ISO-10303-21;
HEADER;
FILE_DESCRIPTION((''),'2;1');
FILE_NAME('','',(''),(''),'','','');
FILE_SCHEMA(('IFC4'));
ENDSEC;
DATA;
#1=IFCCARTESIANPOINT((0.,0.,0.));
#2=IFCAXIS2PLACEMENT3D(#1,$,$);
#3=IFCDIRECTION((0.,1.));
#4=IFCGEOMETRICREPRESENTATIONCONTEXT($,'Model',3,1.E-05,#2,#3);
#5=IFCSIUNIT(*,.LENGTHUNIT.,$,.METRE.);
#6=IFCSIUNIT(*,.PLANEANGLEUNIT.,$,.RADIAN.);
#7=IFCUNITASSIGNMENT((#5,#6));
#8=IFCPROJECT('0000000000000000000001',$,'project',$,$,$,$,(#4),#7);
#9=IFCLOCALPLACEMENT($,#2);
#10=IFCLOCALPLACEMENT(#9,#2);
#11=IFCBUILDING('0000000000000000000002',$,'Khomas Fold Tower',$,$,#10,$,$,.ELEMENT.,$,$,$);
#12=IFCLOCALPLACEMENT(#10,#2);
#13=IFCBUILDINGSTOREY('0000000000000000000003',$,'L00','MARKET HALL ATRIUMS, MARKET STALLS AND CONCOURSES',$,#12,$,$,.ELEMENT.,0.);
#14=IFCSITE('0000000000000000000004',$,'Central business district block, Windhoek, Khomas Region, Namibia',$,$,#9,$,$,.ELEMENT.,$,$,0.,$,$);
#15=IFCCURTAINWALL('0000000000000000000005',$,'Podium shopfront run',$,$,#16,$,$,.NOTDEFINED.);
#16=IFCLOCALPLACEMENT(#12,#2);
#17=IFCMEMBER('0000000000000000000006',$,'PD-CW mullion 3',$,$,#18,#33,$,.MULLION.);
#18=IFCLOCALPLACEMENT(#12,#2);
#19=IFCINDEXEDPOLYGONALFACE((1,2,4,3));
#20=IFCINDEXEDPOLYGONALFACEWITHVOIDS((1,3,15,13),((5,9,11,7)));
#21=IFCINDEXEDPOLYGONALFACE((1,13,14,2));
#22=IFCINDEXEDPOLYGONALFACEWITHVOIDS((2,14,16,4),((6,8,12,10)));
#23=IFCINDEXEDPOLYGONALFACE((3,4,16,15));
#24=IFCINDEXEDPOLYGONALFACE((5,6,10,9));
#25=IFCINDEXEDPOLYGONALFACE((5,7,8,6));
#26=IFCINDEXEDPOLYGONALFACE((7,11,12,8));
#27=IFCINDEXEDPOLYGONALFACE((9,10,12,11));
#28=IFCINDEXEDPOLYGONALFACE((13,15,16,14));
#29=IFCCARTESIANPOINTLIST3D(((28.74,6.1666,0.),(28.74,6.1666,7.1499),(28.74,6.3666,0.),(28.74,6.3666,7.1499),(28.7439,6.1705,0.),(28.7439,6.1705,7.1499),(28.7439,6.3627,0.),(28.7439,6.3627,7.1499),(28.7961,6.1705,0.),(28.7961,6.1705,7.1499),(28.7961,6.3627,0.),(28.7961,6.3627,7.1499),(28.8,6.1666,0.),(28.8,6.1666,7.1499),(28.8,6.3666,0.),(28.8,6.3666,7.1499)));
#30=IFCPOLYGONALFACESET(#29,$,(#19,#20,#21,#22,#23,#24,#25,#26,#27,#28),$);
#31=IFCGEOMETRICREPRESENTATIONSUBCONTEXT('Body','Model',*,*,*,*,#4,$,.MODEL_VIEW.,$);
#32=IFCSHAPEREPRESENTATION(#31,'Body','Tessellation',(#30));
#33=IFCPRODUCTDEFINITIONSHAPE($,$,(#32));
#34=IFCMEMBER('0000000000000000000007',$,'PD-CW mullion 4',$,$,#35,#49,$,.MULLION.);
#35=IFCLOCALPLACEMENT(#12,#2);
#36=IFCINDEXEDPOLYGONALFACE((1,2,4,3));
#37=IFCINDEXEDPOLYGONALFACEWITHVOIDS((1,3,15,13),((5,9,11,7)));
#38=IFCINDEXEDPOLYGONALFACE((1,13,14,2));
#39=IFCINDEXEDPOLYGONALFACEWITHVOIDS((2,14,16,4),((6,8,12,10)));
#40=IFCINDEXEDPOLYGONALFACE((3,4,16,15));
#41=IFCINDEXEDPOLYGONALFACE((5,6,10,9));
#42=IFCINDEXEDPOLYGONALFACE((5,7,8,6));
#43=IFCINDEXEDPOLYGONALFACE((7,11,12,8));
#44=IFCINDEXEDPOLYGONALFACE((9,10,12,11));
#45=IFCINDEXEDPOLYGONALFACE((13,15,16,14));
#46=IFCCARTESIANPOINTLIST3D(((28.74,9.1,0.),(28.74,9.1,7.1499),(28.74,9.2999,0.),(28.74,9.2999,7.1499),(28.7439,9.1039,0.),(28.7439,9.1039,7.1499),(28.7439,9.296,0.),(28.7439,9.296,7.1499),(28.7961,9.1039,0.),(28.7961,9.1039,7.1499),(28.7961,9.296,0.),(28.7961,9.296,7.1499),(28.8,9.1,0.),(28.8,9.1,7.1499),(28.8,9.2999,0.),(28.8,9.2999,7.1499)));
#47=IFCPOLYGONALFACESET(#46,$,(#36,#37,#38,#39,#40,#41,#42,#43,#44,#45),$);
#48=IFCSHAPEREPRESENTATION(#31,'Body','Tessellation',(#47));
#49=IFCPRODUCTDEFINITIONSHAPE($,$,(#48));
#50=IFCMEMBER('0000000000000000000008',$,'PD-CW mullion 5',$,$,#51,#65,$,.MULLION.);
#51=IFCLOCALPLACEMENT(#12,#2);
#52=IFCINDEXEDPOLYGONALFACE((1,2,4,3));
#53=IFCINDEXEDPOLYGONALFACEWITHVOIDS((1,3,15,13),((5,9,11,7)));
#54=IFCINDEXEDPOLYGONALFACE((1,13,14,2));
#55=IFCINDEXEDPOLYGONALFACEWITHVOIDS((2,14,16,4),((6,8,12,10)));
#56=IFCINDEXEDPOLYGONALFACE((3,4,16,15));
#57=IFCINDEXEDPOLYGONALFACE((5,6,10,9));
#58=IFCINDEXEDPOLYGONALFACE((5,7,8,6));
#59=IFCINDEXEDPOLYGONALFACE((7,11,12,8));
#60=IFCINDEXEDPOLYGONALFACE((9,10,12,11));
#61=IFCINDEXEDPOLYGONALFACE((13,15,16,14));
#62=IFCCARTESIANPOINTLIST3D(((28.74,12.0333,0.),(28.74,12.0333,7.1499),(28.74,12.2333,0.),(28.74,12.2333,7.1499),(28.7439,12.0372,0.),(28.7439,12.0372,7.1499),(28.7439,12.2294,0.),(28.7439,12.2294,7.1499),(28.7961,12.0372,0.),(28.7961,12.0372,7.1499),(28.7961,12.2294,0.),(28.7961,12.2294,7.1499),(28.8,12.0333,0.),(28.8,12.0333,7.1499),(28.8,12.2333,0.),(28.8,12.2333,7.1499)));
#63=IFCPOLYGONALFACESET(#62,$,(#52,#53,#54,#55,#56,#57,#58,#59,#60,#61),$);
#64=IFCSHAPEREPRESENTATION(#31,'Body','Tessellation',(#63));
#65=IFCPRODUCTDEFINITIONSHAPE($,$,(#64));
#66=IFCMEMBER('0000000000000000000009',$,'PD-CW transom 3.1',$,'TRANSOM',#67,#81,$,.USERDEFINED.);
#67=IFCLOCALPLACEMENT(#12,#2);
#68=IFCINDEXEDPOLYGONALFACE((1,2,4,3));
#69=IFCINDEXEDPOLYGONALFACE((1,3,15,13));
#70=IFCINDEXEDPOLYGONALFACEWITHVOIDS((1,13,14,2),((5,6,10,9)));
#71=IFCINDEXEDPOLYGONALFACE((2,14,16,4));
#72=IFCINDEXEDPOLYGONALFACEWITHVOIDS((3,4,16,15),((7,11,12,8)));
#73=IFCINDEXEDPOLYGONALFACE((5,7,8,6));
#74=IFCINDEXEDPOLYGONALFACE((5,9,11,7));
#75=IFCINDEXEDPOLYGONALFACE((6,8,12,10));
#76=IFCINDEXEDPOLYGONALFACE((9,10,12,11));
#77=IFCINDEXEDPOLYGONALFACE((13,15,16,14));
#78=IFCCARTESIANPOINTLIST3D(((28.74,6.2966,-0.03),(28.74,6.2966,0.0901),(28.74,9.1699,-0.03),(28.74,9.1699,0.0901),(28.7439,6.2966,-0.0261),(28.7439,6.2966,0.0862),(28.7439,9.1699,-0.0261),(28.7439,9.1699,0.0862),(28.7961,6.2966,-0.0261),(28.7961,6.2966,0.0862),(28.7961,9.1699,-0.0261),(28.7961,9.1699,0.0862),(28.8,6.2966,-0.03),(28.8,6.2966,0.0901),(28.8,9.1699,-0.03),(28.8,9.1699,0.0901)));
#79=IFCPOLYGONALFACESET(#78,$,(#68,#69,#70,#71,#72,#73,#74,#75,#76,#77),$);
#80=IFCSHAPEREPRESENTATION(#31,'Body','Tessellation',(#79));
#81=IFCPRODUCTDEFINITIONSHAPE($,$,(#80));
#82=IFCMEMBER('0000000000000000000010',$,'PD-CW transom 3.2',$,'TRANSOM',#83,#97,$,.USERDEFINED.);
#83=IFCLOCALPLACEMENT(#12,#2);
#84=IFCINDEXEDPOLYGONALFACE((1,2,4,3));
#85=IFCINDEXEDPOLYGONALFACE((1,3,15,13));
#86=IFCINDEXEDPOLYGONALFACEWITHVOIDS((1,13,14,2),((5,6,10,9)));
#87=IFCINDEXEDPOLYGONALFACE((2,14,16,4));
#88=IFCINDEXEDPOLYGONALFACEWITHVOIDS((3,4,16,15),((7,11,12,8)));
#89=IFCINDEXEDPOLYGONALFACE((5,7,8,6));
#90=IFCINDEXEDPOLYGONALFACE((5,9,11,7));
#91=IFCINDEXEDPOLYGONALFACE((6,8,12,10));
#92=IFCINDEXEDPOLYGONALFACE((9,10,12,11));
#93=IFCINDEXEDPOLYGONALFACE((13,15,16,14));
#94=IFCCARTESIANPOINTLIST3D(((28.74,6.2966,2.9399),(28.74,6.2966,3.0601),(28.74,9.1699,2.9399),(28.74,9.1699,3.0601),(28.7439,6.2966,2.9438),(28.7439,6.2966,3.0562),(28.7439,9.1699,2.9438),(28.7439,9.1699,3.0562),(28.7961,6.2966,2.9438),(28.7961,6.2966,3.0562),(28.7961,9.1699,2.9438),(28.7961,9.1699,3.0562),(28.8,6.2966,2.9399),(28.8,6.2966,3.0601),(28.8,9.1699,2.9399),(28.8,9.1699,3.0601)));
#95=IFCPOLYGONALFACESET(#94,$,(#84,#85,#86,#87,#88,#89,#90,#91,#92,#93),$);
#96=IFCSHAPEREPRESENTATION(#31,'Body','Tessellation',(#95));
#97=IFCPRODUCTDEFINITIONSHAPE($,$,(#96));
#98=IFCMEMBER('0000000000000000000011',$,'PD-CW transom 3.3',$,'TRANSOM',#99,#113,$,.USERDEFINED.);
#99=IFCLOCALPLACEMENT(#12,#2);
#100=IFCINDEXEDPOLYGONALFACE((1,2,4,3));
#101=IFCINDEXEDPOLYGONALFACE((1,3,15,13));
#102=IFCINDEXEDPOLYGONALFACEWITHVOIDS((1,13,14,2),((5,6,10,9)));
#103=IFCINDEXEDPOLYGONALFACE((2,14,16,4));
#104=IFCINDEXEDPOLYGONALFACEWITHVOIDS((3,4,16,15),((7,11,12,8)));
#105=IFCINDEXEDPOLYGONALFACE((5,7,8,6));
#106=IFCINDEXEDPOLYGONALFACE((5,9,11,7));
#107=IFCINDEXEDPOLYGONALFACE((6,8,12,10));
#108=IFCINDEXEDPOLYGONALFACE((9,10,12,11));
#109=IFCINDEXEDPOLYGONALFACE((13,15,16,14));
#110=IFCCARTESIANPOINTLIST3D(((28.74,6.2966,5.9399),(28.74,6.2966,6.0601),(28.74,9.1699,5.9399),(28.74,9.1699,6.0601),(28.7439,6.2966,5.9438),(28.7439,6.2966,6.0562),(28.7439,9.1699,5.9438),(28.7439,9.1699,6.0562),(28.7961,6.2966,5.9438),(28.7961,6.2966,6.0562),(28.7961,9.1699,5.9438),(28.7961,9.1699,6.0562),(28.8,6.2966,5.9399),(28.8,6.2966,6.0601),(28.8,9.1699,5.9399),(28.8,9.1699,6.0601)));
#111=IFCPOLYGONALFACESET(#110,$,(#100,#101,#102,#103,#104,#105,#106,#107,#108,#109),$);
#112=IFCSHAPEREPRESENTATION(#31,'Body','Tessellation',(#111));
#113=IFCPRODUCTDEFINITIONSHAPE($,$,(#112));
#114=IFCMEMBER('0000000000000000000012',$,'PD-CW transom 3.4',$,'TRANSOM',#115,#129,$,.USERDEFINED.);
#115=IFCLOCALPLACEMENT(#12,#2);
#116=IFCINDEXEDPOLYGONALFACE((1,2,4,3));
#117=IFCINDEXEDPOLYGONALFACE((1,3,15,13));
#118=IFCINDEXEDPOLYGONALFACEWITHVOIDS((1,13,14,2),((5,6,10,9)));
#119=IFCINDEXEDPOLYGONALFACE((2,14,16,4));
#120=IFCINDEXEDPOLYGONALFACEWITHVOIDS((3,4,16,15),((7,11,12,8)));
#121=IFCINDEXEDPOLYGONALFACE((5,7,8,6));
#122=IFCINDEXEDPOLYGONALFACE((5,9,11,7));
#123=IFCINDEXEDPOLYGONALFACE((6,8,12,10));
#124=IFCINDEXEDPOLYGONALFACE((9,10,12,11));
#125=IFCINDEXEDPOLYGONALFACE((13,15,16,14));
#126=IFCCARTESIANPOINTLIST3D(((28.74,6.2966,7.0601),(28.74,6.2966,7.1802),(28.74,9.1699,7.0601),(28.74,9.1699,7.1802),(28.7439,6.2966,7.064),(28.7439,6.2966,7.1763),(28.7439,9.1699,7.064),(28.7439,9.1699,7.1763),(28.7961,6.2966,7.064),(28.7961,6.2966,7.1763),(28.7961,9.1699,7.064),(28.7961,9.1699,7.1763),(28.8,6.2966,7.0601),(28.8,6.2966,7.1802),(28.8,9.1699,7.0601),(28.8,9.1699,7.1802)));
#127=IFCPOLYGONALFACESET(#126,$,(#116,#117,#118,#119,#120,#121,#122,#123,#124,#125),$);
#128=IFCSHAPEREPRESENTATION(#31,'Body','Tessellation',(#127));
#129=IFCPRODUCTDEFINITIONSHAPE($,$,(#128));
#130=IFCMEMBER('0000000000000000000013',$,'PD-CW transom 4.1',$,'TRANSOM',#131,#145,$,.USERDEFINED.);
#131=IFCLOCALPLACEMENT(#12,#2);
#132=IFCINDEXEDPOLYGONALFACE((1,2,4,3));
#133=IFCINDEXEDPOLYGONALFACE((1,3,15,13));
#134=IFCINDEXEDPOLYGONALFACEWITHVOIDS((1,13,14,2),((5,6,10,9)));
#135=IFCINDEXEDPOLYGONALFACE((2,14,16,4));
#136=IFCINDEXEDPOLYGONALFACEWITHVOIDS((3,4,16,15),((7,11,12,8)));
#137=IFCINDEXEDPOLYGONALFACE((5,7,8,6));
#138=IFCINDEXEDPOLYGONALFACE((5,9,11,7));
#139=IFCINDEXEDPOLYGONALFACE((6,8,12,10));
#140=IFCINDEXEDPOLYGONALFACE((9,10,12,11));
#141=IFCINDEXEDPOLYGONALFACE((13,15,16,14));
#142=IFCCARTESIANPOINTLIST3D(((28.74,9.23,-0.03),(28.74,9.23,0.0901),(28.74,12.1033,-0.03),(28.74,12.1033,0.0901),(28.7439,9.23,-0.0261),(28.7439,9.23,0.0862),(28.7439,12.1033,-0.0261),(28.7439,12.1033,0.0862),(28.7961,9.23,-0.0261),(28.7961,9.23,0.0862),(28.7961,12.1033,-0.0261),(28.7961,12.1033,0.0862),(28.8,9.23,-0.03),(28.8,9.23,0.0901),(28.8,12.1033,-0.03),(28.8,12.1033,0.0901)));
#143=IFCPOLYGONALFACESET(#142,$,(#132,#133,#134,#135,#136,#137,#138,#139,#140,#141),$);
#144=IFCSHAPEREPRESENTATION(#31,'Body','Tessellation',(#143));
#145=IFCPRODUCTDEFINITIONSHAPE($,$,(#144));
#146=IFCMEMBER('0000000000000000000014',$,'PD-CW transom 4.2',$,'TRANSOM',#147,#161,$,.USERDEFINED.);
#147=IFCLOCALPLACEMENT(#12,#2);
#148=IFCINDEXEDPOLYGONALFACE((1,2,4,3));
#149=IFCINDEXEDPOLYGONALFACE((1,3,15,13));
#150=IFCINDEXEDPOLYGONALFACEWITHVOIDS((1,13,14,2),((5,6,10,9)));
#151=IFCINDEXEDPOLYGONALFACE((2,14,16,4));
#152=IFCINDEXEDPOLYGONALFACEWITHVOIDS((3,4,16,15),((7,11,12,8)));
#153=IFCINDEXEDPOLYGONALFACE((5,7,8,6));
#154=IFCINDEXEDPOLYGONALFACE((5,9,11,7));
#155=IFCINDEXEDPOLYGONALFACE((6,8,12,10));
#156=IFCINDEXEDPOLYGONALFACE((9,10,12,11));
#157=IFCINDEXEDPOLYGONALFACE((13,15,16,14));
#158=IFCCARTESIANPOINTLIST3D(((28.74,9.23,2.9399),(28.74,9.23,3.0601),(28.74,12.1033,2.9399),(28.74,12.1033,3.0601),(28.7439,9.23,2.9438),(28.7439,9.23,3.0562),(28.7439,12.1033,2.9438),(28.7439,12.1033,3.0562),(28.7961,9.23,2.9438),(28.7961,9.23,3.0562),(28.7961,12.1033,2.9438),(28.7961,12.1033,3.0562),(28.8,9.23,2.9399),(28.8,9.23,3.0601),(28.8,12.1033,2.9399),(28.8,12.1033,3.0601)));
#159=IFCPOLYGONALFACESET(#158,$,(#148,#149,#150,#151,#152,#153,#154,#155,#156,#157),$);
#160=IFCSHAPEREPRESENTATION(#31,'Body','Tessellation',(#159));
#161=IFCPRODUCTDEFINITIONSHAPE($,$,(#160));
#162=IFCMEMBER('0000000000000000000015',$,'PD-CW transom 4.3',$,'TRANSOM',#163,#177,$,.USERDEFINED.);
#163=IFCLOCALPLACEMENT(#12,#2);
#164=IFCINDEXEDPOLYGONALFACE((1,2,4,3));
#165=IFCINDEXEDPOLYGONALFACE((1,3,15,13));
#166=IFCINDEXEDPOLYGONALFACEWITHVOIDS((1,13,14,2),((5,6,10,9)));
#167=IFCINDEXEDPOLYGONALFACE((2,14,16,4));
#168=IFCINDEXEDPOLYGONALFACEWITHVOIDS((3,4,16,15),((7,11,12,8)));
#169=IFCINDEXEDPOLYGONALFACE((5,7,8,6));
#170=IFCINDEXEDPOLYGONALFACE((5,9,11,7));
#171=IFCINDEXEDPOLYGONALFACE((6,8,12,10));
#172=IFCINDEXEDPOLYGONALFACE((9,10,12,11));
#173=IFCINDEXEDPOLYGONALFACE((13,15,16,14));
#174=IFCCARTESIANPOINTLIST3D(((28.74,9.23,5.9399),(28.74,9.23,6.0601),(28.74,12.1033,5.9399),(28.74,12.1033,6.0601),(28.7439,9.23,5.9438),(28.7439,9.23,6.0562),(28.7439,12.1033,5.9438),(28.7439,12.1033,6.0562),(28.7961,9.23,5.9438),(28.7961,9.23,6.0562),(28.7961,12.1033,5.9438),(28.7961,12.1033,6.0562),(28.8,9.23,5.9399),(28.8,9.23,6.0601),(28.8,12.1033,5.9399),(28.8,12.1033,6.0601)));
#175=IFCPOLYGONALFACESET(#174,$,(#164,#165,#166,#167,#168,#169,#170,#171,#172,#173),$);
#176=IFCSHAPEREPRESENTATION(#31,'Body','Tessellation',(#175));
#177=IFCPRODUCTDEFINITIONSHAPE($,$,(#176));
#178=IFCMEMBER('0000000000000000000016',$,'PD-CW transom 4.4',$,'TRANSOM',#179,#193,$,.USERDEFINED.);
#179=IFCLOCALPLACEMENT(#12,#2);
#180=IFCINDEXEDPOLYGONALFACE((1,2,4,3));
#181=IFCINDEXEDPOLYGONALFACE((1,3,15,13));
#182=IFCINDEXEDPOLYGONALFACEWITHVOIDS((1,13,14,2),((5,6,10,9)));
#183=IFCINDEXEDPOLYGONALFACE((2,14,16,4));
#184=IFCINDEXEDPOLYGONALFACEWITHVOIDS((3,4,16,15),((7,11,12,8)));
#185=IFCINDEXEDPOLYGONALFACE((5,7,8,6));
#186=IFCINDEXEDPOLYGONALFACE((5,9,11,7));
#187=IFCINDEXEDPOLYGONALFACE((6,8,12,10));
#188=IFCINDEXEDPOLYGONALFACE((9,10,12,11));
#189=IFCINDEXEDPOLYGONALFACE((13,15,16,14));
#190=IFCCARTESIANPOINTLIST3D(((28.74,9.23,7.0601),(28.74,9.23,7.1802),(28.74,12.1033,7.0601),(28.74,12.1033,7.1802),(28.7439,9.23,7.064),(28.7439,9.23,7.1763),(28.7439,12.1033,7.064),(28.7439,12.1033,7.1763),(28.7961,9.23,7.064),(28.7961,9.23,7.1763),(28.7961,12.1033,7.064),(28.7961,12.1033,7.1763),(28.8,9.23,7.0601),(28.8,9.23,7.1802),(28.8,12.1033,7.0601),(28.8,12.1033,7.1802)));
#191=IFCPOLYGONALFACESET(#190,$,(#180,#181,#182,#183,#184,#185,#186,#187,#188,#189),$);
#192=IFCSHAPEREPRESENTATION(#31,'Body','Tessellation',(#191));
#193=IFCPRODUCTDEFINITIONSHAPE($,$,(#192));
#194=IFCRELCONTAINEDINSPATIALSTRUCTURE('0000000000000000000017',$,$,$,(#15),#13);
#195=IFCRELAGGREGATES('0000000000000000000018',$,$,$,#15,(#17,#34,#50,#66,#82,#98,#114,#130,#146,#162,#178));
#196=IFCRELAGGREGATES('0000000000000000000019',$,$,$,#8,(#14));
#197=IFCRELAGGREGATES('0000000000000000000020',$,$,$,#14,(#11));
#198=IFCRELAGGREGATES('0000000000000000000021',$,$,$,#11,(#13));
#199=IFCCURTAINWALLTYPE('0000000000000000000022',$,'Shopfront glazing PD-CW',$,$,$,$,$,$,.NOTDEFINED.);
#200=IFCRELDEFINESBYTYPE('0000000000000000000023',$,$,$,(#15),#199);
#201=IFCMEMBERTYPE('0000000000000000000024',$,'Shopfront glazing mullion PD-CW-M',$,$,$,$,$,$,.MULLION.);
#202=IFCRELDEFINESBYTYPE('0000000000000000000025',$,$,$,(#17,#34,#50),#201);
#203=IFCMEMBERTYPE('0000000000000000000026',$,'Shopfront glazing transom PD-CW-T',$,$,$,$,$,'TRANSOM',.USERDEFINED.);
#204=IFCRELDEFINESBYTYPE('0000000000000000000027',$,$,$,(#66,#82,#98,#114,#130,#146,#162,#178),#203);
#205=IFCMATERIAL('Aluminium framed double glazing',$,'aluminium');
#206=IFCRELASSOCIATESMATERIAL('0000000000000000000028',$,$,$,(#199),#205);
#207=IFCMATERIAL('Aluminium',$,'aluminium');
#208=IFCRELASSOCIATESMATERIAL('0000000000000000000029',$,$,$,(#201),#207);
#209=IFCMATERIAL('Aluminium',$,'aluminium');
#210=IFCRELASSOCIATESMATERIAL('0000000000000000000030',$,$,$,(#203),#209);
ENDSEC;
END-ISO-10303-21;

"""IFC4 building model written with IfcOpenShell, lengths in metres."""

from ifc_helpers import new_model, si_unit, direction, frame, origin, origin_2d, place, context, subcontext, project, spatial, hollow_rectangle, extrude, source, transform, mapped, material, material_profile, profile_set, type_object, element, aggregate, save


model = new_model("IFC4")

# Units and contexts
model_context = context("Model", 3, precision=1e-05, world=origin(), true_north=direction((0.0, 1.0)))
body_context = subcontext(model_context, "Body", "Model", "MODEL_VIEW")
ifc_project = project(units=[si_unit("LENGTHUNIT", "METRE"), si_unit("PLANEANGLEUNIT", "RADIAN")], contexts=[model_context])

# Site, building, storey
site_placement = place(None, origin())
site = spatial("IfcSite", under=ifc_project, at=site_placement, Name="Central business district block, Windhoek, Khomas Region, Namibia", CompositionType="ELEMENT", RefElevation=0.0)
building_placement = place(site_placement, origin())
building = spatial("IfcBuilding", under=site, at=building_placement, Name="Khomas Fold Tower", CompositionType="ELEMENT")
storey_placement = place(building_placement, origin())
storey = spatial("IfcBuildingStorey", under=building, at=storey_placement, Name="L00", Description="MARKET HALL ATRIUMS, MARKET STALLS AND CONCOURSES", CompositionType="ELEMENT", Elevation=0.0)

# Curtain wall, members
ifc_material_1 = material(Name="Aluminium framed double glazing", Category="aluminium")
curtain_wall_type = type_object("IfcCurtainWallType", Name="Shopfront glazing PD-CW", PredefinedType="NOTDEFINED", material=ifc_material_1)
curtain_wall_placement = place(storey_placement, origin())
curtain_wall = element("IfcCurtainWall", 1, at=curtain_wall_placement, inside=storey, type_object=curtain_wall_type, Name="Podium shopfront run", PredefinedType="NOTDEFINED")
ifc_material_2 = material(Name="Aluminium", Category="aluminium")
ifc_material_profile_1 = material_profile(ifc_material_2, hollow_rectangle(XDim=0.0601, YDim=0.2, WallThickness=0.0039, at=origin_2d()), Name="Shopfront glazing mullion PD-CW-M")
ifc_profile_set_1 = profile_set([ifc_material_profile_1], Name="Aluminium")
member_type_1 = type_object("IfcMemberType", Name="Shopfront glazing mullion PD-CW-M", PredefinedType="MULLION", material=ifc_profile_set_1)
shared_shape_1 = source(origin(), body_context, "Body", "SweptSolid", [
    extrude(hollow_rectangle(XDim=0.0601, YDim=0.2, WallThickness=0.0039, at=origin_2d()), origin(), (0.0, 0.0, 1.0), 7.1499),
])
member_1_placement = place(storey_placement, frame((28.77, 6.2666, 0.0), z_axis=(0.0, 0.0, 1.0), x_axis=(-1.0, 0.0, 0.0)))
member_1 = element("IfcMember", 2, at=member_1_placement, type_object=member_type_1, Name="PD-CW mullion 3", PredefinedType="MULLION", context=body_context, shape_type="MappedRepresentation", body=[
    mapped(shared_shape_1, transform((0.0, 0.0, 0.0))),
])
member_2_placement = place(storey_placement, frame((28.77, 9.2, 0.0), z_axis=(0.0, 0.0, 1.0), x_axis=(-1.0, 0.0, 0.0)))
member_2 = element("IfcMember", 3, at=member_2_placement, type_object=member_type_1, Name="PD-CW mullion 4", PredefinedType="MULLION", context=body_context, shape_type="MappedRepresentation", body=[
    mapped(shared_shape_1, transform((0.0, 0.0, 0.0))),
])
member_3_placement = place(storey_placement, frame((28.77, 12.1333, 0.0), z_axis=(0.0, 0.0, 1.0), x_axis=(-1.0, 0.0, 0.0)))
member_3 = element("IfcMember", 4, at=member_3_placement, type_object=member_type_1, Name="PD-CW mullion 5", PredefinedType="MULLION", context=body_context, shape_type="MappedRepresentation", body=[
    mapped(shared_shape_1, transform((0.0, 0.0, 0.0))),
])
ifc_material_3 = material(Name="Aluminium", Category="aluminium")
ifc_material_profile_2 = material_profile(ifc_material_3, hollow_rectangle(XDim=0.0601, YDim=0.1201, WallThickness=0.0039, at=origin_2d()), Name="Shopfront glazing transom PD-CW-T")
ifc_profile_set_2 = profile_set([ifc_material_profile_2], Name="Aluminium")
member_type_2 = type_object("IfcMemberType", Name="Shopfront glazing transom PD-CW-T", ElementType="TRANSOM", PredefinedType="USERDEFINED", material=ifc_profile_set_2)
shared_shape_2 = source(origin(), body_context, "Body", "SweptSolid", [
    extrude(hollow_rectangle(XDim=0.0601, YDim=0.1201, WallThickness=0.0039, at=origin_2d()), origin(), (0.0, 0.0, 1.0), 2.8733),
])
member_4_placement = place(storey_placement, frame((28.77, 6.2966, 0.03), z_axis=(0.0, 1.0, 0.0), x_axis=(-1.0, 0.0, 0.0)))
member_4 = element("IfcMember", 5, at=member_4_placement, type_object=member_type_2, Name="PD-CW transom 3.1", ObjectType="TRANSOM", PredefinedType="USERDEFINED", context=body_context, shape_type="MappedRepresentation", body=[
    mapped(shared_shape_2, transform((0.0, 0.0, 0.0))),
])
member_5_placement = place(storey_placement, frame((28.77, 6.2966, 3.0), z_axis=(0.0, 1.0, 0.0), x_axis=(-1.0, 0.0, 0.0)))
member_5 = element("IfcMember", 6, at=member_5_placement, type_object=member_type_2, Name="PD-CW transom 3.2", ObjectType="TRANSOM", PredefinedType="USERDEFINED", context=body_context, shape_type="MappedRepresentation", body=[
    mapped(shared_shape_2, transform((0.0, 0.0, 0.0))),
])
member_6_placement = place(storey_placement, frame((28.77, 6.2966, 6.0), z_axis=(0.0, 1.0, 0.0), x_axis=(-1.0, 0.0, 0.0)))
member_6 = element("IfcMember", 7, at=member_6_placement, type_object=member_type_2, Name="PD-CW transom 3.3", ObjectType="TRANSOM", PredefinedType="USERDEFINED", context=body_context, shape_type="MappedRepresentation", body=[
    mapped(shared_shape_2, transform((0.0, 0.0, 0.0))),
])
member_7_placement = place(storey_placement, frame((28.77, 6.2966, 7.1201), z_axis=(0.0, 1.0, 0.0), x_axis=(-1.0, 0.0, 0.0)))
member_7 = element("IfcMember", 8, at=member_7_placement, type_object=member_type_2, Name="PD-CW transom 3.4", ObjectType="TRANSOM", PredefinedType="USERDEFINED", context=body_context, shape_type="MappedRepresentation", body=[
    mapped(shared_shape_2, transform((0.0, 0.0, 0.0))),
])
member_8_placement = place(storey_placement, frame((28.77, 9.23, 0.03), z_axis=(0.0, 1.0, 0.0), x_axis=(-1.0, 0.0, 0.0)))
member_8 = element("IfcMember", 9, at=member_8_placement, type_object=member_type_2, Name="PD-CW transom 4.1", ObjectType="TRANSOM", PredefinedType="USERDEFINED", context=body_context, shape_type="MappedRepresentation", body=[
    mapped(shared_shape_2, transform((0.0, 0.0, 0.0))),
])
member_9_placement = place(storey_placement, frame((28.77, 9.23, 3.0), z_axis=(0.0, 1.0, 0.0), x_axis=(-1.0, 0.0, 0.0)))
member_9 = element("IfcMember", 10, at=member_9_placement, type_object=member_type_2, Name="PD-CW transom 4.2", ObjectType="TRANSOM", PredefinedType="USERDEFINED", context=body_context, shape_type="MappedRepresentation", body=[
    mapped(shared_shape_2, transform((0.0, 0.0, 0.0))),
])
member_10_placement = place(storey_placement, frame((28.77, 9.23, 6.0), z_axis=(0.0, 1.0, 0.0), x_axis=(-1.0, 0.0, 0.0)))
member_10 = element("IfcMember", 11, at=member_10_placement, type_object=member_type_2, Name="PD-CW transom 4.3", ObjectType="TRANSOM", PredefinedType="USERDEFINED", context=body_context, shape_type="MappedRepresentation", body=[
    mapped(shared_shape_2, transform((0.0, 0.0, 0.0))),
])
member_11_placement = place(storey_placement, frame((28.77, 9.23, 7.1201), z_axis=(0.0, 1.0, 0.0), x_axis=(-1.0, 0.0, 0.0)))
member_11 = element("IfcMember", 12, at=member_11_placement, type_object=member_type_2, Name="PD-CW transom 4.4", ObjectType="TRANSOM", PredefinedType="USERDEFINED", context=body_context, shape_type="MappedRepresentation", body=[
    mapped(shared_shape_2, transform((0.0, 0.0, 0.0))),
])
aggregate(curtain_wall, [member_1, member_2, member_3, member_4, member_5, member_6, member_7, member_8, member_9, member_10, member_11])

save(model, "model.ifc")
